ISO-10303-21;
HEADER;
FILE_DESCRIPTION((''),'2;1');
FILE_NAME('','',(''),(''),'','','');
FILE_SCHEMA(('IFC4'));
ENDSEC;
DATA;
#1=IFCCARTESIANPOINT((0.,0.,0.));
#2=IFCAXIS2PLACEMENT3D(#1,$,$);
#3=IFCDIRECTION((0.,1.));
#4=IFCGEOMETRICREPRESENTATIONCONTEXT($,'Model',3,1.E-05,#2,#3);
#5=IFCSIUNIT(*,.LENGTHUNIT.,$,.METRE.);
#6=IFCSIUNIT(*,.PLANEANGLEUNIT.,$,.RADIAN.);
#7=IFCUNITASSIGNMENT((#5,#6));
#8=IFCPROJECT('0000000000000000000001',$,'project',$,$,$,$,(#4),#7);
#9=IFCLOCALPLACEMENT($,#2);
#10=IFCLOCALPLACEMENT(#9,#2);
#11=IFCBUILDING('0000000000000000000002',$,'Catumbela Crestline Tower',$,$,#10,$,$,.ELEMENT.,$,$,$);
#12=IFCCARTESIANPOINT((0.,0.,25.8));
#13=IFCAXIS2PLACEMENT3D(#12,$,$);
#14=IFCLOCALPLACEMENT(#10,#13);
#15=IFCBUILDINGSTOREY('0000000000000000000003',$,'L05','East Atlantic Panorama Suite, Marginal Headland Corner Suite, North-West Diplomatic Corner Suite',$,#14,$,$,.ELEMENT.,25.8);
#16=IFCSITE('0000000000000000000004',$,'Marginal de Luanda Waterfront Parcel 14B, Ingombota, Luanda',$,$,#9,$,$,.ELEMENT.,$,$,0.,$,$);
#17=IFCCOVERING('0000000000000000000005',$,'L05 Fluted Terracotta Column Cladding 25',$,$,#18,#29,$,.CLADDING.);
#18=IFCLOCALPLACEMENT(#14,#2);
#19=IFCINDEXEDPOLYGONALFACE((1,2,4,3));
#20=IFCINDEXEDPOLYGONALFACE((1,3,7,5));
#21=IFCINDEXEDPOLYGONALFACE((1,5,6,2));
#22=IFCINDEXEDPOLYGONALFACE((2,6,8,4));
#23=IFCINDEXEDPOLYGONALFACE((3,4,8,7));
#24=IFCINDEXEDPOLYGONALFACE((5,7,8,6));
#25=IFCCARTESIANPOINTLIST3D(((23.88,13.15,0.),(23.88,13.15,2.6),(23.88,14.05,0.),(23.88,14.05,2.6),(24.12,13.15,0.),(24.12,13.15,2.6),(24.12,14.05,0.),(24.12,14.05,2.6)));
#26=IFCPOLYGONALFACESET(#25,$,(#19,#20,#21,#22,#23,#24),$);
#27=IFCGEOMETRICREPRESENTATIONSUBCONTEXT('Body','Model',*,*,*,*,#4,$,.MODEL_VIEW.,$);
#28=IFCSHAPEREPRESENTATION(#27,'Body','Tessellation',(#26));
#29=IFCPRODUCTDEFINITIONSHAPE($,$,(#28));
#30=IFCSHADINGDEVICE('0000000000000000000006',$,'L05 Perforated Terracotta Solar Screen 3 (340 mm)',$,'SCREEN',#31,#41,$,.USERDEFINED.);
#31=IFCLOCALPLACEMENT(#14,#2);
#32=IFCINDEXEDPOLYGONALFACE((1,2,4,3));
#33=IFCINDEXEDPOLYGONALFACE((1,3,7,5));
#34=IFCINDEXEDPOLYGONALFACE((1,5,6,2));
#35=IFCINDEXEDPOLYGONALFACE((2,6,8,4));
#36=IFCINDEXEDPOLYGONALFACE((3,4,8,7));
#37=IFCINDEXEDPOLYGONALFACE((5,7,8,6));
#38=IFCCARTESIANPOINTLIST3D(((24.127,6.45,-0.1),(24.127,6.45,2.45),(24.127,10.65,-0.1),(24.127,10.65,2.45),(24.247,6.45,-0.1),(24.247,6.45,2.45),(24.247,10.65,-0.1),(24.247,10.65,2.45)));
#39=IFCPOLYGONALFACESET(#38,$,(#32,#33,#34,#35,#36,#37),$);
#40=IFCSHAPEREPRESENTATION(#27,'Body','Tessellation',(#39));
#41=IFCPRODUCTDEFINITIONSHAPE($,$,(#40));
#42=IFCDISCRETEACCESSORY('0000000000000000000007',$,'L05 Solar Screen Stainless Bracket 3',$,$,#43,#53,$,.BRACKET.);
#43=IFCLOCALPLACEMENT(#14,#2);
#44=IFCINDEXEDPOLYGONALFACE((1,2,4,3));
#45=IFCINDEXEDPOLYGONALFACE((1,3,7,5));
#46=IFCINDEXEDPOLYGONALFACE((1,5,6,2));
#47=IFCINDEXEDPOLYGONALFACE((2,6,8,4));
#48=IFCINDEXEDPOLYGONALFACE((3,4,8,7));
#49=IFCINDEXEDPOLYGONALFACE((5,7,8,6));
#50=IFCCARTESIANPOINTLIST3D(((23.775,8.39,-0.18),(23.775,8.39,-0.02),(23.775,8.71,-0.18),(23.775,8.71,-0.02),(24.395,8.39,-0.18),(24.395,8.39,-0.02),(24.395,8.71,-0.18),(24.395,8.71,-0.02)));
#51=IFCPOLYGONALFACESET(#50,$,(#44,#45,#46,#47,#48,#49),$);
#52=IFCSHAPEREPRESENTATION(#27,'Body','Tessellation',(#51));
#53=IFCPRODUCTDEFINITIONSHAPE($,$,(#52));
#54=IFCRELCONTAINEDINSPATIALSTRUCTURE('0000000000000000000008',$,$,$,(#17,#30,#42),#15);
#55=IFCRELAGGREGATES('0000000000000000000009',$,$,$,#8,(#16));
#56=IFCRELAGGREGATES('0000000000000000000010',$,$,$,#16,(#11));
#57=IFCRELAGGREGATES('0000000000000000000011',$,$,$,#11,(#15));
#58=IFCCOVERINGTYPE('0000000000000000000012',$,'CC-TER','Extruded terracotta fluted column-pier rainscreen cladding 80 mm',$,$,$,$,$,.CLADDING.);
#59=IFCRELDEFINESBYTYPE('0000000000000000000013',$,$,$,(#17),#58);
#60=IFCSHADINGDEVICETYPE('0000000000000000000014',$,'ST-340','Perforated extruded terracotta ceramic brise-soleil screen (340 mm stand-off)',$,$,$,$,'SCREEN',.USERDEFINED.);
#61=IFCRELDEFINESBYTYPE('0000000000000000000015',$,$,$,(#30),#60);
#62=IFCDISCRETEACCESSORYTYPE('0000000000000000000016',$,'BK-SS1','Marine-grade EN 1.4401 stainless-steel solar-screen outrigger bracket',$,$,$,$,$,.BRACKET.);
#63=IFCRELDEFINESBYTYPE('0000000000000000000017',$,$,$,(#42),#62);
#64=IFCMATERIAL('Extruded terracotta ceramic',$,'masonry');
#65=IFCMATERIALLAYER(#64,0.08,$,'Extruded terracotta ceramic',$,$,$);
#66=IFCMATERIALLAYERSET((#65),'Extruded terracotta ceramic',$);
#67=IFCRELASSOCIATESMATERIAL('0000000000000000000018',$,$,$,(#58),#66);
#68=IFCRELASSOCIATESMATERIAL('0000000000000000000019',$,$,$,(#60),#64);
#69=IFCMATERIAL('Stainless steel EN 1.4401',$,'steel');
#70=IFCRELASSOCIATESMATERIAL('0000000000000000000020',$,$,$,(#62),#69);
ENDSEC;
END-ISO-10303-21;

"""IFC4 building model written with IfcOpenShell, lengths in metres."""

from ifc_helpers import new_model, si_unit, direction, frame, origin, origin_2d, place, context, subcontext, project, spatial, rectangle, extrude, material, layer, layer_set, type_object, element, save


model = new_model("IFC4")

# Units and contexts
model_context = context("Model", 3, precision=1e-05, world=origin(), true_north=direction((0.0, 1.0)))
body_context = subcontext(model_context, "Body", "Model", "MODEL_VIEW")
ifc_project = project(units=[si_unit("LENGTHUNIT", "METRE"), si_unit("PLANEANGLEUNIT", "RADIAN")], contexts=[model_context])

# Site, building, storey
site_placement = place(None, origin())
site = spatial("IfcSite", under=ifc_project, at=site_placement, Name="Marginal de Luanda Waterfront Parcel 14B, Ingombota, Luanda", CompositionType="ELEMENT", RefElevation=0.0)
building_placement = place(site_placement, origin())
building = spatial("IfcBuilding", under=site, at=building_placement, Name="Catumbela Crestline Tower", CompositionType="ELEMENT")
storey_placement = place(building_placement, frame((0.0, 0.0, 25.8)))
storey = spatial("IfcBuildingStorey", under=building, at=storey_placement, Name="L05", Description="East Atlantic Panorama Suite, Marginal Headland Corner Suite, North-West Diplomatic Corner Suite", CompositionType="ELEMENT", Elevation=25.8)

# Covering
ifc_material_1 = material(Name="Extruded terracotta ceramic", Category="masonry")
ifc_layer_1 = layer(ifc_material_1, 0.08, Name="Extruded terracotta ceramic")
ifc_layer_set_1 = layer_set([ifc_layer_1], Name="Extruded terracotta ceramic")
covering_type = type_object("IfcCoveringType", Name="CC-TER", Description="Extruded terracotta fluted column-pier rainscreen cladding 80 mm", PredefinedType="CLADDING", material=ifc_layer_set_1)
for number, where, z_axis, x_axis, name in (
    (1, (24.0, 13.6, 0.0), (0.0, 0.0, 1.0), (0.0, 1.0, 0.0), "L05 Fluted Terracotta Column Cladding 25"),
):
    element("IfcCovering", number, at=place(storey_placement, frame(where, z_axis=z_axis, x_axis=x_axis)), inside=storey, type_object=covering_type, Name=name, PredefinedType="CLADDING", context=body_context, shape_type="SweptSolid", body=[
        extrude(rectangle(XDim=0.9, YDim=0.24, at=origin_2d()), origin(), (0.0, 0.0, 1.0), 2.6),
    ])

# Shading device
shading_device_type = type_object("IfcShadingDeviceType", Name="ST-340", Description="Perforated extruded terracotta ceramic brise-soleil screen (340 mm stand-off)", ElementType="SCREEN", PredefinedType="USERDEFINED", material=ifc_material_1)
shading_device_placement = place(storey_placement, frame((24.187, 8.55, -0.1), z_axis=(0.0, 0.0, 1.0), x_axis=(0.0, 1.0, 0.0)))
element("IfcShadingDevice", 2, at=shading_device_placement, inside=storey, type_object=shading_device_type, Name="L05 Perforated Terracotta Solar Screen 3 (340 mm)", ObjectType="SCREEN", PredefinedType="USERDEFINED", context=body_context, shape_type="SweptSolid", body=[
    extrude(rectangle(XDim=4.2, YDim=0.12, at=origin_2d()), origin(), (0.0, 0.0, 1.0), 2.55),
])

# Discrete accessory
ifc_material_2 = material(Name="Stainless steel EN 1.4401", Category="steel")
discrete_accessory_type = type_object("IfcDiscreteAccessoryType", Name="BK-SS1", Description="Marine-grade EN 1.4401 stainless-steel solar-screen outrigger bracket", PredefinedType="BRACKET", material=ifc_material_2)
discrete_accessory_placement = place(storey_placement, frame((24.085, 8.55, -0.18), z_axis=(0.0, 0.0, 1.0), x_axis=(0.0, 1.0, 0.0)))
element("IfcDiscreteAccessory", 3, at=discrete_accessory_placement, inside=storey, type_object=discrete_accessory_type, Name="L05 Solar Screen Stainless Bracket 3", PredefinedType="BRACKET", context=body_context, shape_type="SweptSolid", body=[
    extrude(rectangle(XDim=0.32, YDim=0.62, at=origin_2d()), origin(), (0.0, 0.0, 1.0), 0.16),
])

save(model, "model.ifc")
